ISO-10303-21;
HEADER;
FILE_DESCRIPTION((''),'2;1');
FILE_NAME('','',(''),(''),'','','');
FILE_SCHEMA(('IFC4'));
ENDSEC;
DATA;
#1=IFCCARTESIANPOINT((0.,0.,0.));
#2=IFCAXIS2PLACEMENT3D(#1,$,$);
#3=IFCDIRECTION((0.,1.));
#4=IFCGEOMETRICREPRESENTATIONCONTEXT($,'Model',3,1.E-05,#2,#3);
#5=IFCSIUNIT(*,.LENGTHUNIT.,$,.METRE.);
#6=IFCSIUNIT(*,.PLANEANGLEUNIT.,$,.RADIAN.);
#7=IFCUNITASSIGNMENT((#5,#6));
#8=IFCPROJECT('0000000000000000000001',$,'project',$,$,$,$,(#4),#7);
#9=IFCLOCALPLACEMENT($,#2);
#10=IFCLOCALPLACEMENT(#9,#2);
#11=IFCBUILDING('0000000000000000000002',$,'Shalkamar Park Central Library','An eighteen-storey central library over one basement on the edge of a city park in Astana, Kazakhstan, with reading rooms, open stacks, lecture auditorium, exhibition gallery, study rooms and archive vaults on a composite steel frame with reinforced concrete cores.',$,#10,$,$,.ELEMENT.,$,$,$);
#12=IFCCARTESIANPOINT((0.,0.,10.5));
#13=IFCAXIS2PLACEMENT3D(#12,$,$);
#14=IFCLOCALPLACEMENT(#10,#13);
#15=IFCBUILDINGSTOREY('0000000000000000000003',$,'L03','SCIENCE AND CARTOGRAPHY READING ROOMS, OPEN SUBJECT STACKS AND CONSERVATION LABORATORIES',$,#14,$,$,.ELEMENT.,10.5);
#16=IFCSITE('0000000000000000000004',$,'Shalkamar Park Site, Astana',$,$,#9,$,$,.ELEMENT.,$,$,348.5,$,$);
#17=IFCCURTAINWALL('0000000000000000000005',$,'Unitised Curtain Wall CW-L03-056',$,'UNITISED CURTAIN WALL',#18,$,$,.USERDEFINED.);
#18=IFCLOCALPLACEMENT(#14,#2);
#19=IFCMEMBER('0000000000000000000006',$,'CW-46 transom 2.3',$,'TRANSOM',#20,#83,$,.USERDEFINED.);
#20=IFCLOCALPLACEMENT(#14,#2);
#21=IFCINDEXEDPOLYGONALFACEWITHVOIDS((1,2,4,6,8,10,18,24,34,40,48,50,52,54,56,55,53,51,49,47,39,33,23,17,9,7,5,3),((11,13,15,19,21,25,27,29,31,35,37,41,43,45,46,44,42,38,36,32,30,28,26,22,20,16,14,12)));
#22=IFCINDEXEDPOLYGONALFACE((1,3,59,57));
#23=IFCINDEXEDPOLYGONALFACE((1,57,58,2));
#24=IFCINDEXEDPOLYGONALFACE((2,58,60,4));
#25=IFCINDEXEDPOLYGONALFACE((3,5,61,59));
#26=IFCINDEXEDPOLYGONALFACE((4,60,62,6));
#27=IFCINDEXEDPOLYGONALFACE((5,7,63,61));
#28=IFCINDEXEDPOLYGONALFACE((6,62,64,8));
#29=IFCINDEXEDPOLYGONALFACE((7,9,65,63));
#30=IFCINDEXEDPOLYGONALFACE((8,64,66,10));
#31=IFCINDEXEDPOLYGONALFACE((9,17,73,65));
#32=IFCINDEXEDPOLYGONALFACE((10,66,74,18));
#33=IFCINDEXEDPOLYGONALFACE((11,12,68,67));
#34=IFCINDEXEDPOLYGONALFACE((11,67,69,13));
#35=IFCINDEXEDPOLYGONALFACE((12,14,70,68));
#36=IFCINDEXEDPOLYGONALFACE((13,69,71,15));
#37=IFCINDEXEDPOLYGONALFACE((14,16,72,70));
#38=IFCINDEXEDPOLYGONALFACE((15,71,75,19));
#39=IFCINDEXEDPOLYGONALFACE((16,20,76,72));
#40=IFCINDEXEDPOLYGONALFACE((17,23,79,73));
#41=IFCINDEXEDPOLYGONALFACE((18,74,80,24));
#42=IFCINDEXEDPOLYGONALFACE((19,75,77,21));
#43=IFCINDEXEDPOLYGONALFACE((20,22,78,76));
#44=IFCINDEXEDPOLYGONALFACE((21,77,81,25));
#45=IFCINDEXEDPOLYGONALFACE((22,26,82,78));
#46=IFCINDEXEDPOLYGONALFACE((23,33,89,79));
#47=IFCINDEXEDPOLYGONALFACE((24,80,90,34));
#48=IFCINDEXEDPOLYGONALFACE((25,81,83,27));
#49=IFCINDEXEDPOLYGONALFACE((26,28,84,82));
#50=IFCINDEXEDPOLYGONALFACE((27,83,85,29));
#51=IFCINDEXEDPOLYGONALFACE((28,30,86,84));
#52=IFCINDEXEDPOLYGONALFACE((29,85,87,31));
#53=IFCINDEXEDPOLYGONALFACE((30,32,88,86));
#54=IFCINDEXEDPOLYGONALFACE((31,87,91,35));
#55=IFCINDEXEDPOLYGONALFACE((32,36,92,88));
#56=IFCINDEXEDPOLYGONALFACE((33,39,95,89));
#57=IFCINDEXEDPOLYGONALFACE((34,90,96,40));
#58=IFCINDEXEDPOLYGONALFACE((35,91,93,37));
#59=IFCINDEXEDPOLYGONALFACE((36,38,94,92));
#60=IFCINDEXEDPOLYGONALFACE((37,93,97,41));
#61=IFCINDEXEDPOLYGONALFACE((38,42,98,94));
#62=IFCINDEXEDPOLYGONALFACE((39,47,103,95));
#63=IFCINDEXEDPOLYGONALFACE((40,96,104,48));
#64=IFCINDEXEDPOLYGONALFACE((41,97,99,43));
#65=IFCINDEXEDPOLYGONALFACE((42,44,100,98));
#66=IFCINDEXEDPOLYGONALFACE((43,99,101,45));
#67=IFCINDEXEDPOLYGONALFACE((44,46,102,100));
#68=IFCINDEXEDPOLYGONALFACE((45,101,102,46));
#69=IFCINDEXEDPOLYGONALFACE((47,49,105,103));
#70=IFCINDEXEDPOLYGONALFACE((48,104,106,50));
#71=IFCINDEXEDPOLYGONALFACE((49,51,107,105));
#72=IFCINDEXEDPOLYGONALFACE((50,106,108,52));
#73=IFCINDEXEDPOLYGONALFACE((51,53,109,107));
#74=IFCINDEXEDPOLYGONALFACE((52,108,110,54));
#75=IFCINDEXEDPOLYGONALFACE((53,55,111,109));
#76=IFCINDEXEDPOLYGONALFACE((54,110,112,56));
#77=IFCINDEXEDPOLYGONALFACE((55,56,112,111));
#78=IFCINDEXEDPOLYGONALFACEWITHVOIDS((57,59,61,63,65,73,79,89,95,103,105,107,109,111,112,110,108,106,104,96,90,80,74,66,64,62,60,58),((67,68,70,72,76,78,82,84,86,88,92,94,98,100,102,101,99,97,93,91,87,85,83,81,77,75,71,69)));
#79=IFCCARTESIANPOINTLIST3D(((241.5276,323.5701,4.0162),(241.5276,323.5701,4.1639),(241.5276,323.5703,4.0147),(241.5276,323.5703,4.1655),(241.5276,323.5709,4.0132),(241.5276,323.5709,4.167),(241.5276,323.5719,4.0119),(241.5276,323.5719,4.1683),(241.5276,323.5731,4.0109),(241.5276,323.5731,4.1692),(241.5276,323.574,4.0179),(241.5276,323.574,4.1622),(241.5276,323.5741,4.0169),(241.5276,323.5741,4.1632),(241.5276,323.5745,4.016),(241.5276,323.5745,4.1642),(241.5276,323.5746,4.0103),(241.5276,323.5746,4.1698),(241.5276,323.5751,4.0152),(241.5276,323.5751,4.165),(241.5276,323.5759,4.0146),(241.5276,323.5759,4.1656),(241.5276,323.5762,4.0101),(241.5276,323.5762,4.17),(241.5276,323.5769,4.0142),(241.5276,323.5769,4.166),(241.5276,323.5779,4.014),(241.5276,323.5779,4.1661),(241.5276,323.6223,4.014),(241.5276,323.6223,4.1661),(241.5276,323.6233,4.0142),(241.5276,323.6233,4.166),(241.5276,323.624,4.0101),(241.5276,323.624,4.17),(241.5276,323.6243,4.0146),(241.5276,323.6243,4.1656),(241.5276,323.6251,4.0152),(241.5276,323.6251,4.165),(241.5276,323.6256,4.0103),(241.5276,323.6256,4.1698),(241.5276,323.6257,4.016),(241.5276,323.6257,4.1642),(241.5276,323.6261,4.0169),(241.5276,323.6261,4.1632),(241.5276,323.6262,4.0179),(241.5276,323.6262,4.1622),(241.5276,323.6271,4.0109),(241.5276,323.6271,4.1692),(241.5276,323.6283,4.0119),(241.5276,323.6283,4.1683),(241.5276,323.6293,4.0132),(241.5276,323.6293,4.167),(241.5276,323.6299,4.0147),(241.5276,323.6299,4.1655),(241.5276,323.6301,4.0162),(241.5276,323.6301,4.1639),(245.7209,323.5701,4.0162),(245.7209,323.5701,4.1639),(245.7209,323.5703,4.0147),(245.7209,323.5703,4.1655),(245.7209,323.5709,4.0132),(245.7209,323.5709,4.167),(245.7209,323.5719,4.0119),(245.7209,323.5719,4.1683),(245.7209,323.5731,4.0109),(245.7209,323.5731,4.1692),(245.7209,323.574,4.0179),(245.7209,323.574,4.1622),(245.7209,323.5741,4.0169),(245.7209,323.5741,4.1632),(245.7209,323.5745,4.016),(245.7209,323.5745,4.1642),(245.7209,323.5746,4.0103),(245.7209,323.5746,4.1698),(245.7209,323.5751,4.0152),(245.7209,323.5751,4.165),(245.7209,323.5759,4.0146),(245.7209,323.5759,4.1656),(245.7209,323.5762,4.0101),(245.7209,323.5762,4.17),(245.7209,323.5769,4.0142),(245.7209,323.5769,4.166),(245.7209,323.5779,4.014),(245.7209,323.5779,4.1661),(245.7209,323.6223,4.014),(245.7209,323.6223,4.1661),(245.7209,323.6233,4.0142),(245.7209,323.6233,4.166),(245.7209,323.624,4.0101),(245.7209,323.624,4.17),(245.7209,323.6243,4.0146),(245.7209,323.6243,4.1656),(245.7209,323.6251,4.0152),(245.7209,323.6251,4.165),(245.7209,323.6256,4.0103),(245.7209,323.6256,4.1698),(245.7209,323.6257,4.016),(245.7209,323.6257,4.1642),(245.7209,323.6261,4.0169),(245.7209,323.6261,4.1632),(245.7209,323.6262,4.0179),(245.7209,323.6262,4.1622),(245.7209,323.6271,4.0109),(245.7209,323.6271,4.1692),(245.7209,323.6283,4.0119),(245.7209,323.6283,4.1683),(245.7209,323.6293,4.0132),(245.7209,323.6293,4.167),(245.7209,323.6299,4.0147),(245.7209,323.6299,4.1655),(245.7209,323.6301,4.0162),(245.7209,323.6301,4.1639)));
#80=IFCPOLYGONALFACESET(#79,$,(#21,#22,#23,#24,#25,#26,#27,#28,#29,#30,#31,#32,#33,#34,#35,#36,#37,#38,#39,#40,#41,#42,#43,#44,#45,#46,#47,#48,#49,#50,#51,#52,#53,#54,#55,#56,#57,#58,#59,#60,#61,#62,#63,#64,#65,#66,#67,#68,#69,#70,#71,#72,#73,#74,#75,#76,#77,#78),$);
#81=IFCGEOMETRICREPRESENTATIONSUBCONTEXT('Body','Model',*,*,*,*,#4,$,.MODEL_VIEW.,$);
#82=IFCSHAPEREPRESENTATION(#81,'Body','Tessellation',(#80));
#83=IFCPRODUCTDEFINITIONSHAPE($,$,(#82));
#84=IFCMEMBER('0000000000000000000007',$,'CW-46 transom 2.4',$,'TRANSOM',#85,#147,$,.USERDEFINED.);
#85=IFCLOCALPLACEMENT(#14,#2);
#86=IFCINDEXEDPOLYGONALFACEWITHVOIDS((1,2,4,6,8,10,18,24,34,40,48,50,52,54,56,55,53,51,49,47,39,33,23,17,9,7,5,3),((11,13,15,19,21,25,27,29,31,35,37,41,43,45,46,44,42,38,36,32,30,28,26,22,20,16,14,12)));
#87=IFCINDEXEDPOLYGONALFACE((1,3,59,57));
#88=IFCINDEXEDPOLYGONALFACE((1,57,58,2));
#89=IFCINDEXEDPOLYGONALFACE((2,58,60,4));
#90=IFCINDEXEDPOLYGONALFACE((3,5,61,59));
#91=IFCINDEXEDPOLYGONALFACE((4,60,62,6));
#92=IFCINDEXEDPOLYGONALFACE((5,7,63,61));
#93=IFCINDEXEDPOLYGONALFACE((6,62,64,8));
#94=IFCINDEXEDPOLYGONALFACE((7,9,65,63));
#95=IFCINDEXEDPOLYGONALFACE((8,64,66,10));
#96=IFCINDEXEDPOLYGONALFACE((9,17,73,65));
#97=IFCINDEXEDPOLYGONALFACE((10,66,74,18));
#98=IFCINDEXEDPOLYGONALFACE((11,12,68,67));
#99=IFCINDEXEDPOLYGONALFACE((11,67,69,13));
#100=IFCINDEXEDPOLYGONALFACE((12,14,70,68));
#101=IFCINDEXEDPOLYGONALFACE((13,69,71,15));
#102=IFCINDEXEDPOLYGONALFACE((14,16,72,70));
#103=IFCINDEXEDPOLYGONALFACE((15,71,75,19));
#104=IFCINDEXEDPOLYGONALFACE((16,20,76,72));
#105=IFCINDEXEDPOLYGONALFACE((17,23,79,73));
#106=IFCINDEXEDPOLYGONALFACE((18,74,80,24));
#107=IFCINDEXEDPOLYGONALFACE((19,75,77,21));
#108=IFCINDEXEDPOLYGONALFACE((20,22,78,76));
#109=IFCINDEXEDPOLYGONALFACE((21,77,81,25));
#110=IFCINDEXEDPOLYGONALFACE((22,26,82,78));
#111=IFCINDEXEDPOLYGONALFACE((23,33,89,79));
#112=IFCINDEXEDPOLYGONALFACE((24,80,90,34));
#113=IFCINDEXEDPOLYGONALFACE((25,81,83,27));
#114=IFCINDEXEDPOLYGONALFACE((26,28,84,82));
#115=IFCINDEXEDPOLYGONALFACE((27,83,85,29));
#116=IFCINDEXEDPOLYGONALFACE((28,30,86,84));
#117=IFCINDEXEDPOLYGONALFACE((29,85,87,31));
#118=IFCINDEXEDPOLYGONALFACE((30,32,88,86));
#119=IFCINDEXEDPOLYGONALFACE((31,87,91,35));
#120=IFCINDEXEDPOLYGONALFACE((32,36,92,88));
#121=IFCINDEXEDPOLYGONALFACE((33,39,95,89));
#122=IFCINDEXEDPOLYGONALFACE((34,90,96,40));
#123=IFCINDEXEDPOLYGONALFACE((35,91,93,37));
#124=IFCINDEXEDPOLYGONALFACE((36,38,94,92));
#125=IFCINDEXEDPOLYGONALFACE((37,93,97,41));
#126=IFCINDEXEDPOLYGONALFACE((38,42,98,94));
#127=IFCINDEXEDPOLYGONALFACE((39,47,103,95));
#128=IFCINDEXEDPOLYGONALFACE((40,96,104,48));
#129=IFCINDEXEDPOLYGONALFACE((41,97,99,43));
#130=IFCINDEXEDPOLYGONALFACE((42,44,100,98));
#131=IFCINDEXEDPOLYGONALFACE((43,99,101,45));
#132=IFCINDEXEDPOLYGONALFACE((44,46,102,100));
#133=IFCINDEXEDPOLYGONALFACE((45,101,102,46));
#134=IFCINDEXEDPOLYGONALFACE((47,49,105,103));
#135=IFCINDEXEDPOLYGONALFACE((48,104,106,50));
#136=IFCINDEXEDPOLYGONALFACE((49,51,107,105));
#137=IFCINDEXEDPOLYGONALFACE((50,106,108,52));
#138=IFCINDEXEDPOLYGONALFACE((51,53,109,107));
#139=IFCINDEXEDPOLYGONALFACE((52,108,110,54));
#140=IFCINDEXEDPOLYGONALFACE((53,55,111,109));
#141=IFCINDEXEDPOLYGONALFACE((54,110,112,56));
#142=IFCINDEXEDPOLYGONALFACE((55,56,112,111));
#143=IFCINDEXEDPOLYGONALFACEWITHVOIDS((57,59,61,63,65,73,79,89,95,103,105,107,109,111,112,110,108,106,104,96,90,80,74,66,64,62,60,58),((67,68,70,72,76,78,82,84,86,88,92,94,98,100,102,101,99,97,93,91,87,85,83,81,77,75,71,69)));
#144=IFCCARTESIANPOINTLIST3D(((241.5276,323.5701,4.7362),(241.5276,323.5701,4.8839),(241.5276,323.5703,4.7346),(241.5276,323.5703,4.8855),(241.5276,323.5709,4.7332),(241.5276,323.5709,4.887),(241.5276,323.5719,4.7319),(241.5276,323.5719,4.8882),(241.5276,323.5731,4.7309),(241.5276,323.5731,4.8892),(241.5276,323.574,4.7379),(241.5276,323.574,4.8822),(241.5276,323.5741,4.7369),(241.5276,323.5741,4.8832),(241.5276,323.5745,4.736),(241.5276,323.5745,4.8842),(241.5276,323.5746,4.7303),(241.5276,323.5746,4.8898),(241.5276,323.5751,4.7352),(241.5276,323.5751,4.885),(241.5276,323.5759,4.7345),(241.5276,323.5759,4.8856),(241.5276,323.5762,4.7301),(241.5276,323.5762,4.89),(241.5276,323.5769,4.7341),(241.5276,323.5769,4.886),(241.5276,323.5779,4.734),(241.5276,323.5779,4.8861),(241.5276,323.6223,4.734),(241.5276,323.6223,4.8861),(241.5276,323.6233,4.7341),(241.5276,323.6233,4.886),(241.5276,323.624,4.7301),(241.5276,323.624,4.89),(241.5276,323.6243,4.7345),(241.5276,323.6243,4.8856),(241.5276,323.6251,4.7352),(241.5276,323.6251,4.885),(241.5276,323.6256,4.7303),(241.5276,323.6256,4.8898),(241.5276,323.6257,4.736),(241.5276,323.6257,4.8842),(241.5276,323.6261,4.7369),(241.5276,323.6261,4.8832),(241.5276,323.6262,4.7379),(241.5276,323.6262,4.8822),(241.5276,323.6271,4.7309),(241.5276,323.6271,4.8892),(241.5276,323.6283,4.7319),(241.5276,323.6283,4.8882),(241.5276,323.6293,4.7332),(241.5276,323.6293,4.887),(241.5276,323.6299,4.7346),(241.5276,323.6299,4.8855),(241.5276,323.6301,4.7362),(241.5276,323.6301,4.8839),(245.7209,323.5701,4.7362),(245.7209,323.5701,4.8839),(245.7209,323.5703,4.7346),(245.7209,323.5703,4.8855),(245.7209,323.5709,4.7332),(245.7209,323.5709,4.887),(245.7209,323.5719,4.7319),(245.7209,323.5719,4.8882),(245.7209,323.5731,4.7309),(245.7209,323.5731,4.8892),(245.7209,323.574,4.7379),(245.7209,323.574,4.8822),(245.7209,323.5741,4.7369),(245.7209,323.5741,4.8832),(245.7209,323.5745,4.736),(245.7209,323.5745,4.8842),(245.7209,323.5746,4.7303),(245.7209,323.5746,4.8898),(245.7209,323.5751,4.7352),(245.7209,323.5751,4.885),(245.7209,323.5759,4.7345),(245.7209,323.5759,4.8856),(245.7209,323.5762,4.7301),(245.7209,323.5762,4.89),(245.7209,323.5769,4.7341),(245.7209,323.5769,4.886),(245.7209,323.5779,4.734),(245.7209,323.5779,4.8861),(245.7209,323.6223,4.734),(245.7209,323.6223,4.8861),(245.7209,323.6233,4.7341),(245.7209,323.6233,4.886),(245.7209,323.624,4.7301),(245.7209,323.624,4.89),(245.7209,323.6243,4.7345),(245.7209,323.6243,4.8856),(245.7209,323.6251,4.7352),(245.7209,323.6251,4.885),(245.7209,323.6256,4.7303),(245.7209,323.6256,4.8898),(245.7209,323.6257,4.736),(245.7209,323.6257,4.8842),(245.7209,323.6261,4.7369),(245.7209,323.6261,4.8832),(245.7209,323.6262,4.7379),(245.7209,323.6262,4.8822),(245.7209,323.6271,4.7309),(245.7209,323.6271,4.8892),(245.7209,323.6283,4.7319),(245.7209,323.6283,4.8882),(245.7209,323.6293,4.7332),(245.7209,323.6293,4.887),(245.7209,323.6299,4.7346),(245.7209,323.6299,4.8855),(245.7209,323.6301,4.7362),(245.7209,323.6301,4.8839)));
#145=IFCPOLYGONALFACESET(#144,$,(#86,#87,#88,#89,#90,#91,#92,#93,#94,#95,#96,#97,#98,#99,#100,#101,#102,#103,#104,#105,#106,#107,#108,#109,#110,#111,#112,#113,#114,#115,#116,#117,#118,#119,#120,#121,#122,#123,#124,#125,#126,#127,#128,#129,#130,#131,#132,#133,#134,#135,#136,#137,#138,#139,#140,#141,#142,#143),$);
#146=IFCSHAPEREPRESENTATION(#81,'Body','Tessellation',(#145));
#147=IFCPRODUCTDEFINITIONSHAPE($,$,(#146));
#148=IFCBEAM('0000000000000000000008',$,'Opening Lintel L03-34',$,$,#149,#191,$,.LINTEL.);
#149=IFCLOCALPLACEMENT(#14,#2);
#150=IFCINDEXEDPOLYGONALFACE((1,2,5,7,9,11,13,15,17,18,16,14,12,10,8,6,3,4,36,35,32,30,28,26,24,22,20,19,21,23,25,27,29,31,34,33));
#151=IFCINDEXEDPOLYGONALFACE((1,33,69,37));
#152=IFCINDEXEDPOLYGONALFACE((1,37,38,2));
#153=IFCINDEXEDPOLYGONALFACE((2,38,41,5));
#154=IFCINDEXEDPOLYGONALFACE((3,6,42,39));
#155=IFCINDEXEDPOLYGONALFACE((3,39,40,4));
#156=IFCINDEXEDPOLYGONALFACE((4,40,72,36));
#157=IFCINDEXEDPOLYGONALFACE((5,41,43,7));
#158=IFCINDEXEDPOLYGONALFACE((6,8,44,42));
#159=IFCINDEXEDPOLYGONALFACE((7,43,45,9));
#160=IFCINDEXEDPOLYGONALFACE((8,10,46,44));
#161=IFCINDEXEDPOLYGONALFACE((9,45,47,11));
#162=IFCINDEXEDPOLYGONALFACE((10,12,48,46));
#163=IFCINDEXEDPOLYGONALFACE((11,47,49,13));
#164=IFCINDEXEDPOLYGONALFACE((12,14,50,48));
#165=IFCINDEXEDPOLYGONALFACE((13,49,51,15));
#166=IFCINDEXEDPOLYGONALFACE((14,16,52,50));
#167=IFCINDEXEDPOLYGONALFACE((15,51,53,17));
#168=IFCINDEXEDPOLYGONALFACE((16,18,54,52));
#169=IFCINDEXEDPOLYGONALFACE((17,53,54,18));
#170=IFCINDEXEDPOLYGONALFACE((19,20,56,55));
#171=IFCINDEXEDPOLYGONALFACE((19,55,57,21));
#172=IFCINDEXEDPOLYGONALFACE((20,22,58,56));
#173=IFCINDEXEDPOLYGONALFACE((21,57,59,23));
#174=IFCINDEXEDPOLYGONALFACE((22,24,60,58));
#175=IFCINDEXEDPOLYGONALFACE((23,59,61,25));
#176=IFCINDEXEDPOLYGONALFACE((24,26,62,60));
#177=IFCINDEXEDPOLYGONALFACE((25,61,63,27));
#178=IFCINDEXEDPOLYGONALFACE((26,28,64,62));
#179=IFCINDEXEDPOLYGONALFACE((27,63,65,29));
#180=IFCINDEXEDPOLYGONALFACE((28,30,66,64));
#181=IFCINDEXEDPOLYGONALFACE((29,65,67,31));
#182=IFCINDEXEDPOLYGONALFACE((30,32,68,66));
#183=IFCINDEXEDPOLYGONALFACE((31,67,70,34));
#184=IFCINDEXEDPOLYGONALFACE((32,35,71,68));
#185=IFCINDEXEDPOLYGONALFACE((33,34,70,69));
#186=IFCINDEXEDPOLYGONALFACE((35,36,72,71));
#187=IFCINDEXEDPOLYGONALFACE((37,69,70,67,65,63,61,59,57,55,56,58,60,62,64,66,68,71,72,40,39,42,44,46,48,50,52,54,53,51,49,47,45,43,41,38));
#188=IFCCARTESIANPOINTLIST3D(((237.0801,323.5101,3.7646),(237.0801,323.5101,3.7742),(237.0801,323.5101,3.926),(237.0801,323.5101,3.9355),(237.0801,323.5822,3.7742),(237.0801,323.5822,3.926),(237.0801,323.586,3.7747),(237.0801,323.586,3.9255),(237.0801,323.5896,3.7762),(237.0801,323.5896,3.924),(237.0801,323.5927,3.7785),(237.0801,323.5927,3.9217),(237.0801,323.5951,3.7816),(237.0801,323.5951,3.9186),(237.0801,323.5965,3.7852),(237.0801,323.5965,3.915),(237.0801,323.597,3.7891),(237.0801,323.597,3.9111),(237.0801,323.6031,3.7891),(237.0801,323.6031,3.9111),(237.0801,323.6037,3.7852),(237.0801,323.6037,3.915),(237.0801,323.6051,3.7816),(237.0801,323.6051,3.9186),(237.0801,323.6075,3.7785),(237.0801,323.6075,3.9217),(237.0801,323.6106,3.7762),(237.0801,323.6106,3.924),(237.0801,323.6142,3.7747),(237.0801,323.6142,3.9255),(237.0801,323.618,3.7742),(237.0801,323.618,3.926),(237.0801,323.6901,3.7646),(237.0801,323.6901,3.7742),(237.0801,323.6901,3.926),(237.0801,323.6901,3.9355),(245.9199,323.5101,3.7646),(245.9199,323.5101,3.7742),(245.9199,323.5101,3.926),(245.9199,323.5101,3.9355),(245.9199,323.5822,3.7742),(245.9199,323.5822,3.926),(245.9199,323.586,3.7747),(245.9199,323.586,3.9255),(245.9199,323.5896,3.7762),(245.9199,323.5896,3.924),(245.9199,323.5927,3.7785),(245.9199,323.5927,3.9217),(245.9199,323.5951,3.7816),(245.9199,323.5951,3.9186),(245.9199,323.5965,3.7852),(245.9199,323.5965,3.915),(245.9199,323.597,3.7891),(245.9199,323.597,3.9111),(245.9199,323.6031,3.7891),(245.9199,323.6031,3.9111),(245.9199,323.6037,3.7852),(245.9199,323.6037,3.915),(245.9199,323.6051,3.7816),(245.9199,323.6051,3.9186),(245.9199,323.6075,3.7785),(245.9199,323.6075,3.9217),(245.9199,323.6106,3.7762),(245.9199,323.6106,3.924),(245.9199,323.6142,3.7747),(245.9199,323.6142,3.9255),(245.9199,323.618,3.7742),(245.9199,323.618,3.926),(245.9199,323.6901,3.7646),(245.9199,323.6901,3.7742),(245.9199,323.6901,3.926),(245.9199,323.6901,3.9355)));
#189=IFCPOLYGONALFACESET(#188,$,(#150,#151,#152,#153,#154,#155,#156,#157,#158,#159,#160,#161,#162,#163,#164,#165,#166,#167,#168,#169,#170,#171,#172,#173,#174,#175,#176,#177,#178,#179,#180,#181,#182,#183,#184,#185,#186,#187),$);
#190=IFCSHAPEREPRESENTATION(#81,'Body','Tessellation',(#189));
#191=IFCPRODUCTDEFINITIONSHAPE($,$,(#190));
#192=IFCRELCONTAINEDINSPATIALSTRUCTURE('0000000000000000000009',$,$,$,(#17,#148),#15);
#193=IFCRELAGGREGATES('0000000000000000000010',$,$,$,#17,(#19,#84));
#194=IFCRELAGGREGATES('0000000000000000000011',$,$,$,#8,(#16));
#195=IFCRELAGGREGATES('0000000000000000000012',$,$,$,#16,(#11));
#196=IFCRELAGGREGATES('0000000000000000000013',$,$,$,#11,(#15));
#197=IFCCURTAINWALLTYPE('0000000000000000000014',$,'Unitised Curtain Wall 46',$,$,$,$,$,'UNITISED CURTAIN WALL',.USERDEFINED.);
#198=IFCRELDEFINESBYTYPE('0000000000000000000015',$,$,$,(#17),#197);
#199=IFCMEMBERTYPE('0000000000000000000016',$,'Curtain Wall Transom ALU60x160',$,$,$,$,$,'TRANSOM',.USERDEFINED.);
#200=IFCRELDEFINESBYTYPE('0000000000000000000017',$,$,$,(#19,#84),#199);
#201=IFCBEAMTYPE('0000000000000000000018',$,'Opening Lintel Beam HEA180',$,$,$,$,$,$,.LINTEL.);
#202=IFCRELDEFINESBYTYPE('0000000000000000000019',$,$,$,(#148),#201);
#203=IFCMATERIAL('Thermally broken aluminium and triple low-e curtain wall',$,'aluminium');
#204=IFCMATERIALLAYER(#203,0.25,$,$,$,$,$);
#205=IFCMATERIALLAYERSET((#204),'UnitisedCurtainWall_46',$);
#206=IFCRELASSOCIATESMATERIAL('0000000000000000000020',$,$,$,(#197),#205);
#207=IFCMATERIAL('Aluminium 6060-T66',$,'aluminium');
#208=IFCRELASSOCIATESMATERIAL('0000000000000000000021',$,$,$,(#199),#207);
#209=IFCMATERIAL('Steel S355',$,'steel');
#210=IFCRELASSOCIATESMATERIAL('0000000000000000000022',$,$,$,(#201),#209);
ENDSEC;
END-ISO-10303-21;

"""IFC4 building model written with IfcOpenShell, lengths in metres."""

from ifc_helpers import new_model, si_unit, direction, frame, origin, origin_2d, place, context, subcontext, project, spatial, hollow_rectangle, i_section, extrude, material, layer, layer_set, material_profile, profile_set, type_object, element, aggregate, save


model = new_model("IFC4")

# Units and contexts
model_context = context("Model", 3, precision=1e-05, world=origin(), true_north=direction((0.0, 1.0)))
body_context = subcontext(model_context, "Body", "Model", "MODEL_VIEW")
ifc_project = project(units=[si_unit("LENGTHUNIT", "METRE"), si_unit("PLANEANGLEUNIT", "RADIAN")], contexts=[model_context])

# Site, building, storey
site_placement = place(None, origin())
site = spatial("IfcSite", under=ifc_project, at=site_placement, Name="Shalkamar Park Site, Astana", CompositionType="ELEMENT", RefElevation=348.5)
building_placement = place(site_placement, origin())
building = spatial("IfcBuilding", under=site, at=building_placement, Name="Shalkamar Park Central Library", Description="An eighteen-storey central library over one basement on the edge of a city park in Astana, Kazakhstan, with reading rooms, open stacks, lecture auditorium, exhibition gallery, study rooms and archive vaults on a composite steel frame with reinforced concrete cores.", CompositionType="ELEMENT")
storey_placement = place(building_placement, frame((0.0, 0.0, 10.5)))
storey = spatial("IfcBuildingStorey", under=building, at=storey_placement, Name="L03", Description="SCIENCE AND CARTOGRAPHY READING ROOMS, OPEN SUBJECT STACKS AND CONSERVATION LABORATORIES", CompositionType="ELEMENT", Elevation=10.5)

# Shared definitions
ifc_material_1 = material(Name="Steel S355", Category="steel")

# Curtain wall, members
ifc_material_2 = material(Name="Thermally broken aluminium and triple low-e curtain wall", Category="aluminium")
ifc_layer_1 = layer(ifc_material_2, 0.25)
ifc_layer_set_1 = layer_set([ifc_layer_1], Name="UnitisedCurtainWall_46")
curtain_wall_type = type_object("IfcCurtainWallType", Name="Unitised Curtain Wall 46", ElementType="UNITISED CURTAIN WALL", PredefinedType="USERDEFINED", material=ifc_layer_set_1)
curtain_wall_placement = place(storey_placement, origin())
curtain_wall = element("IfcCurtainWall", 1, at=curtain_wall_placement, inside=storey, type_object=curtain_wall_type, Name="Unitised Curtain Wall CW-L03-056", ObjectType="UNITISED CURTAIN WALL", PredefinedType="USERDEFINED")
ifc_material_3 = material(Name="Aluminium 6060-T66", Category="aluminium")
ifc_material_profile_1 = material_profile(ifc_material_3, hollow_rectangle(XDim=0.0601, YDim=0.1599, WallThickness=0.0039, InnerFilletRadius=0.0039, OuterFilletRadius=0.0061, at=origin_2d()), Name="ALU 60x160x4")
ifc_profile_set_1 = profile_set([ifc_material_profile_1], Name="Aluminium 6060-T66")
member_type_1 = type_object("IfcMemberType", Name="Curtain Wall Transom ALU60x160", ElementType="TRANSOM", PredefinedType="USERDEFINED", material=ifc_profile_set_1)
member_1_placement = place(storey_placement, frame((241.5276, 323.6001, 4.0901), z_axis=(1.0, 0.0, 0.0), x_axis=(0.0, 1.0, 0.0)))
member_1 = element("IfcMember", 2, at=member_1_placement, type_object=member_type_1, Name="CW-46 transom 2.3", ObjectType="TRANSOM", PredefinedType="USERDEFINED", context=body_context, shape_type="SweptSolid", body=[
    extrude(hollow_rectangle(XDim=0.0601, YDim=0.1599, WallThickness=0.0039, InnerFilletRadius=0.0039, OuterFilletRadius=0.0061, at=origin_2d()), origin(), (0.0, 0.0, 1.0), 4.1934),
])
member_2_placement = place(storey_placement, frame((241.5276, 323.6001, 4.8101), z_axis=(1.0, 0.0, 0.0), x_axis=(0.0, 1.0, 0.0)))
member_2 = element("IfcMember", 3, at=member_2_placement, type_object=member_type_1, Name="CW-46 transom 2.4", ObjectType="TRANSOM", PredefinedType="USERDEFINED", context=body_context, shape_type="SweptSolid", body=[
    extrude(hollow_rectangle(XDim=0.0601, YDim=0.1599, WallThickness=0.0039, InnerFilletRadius=0.0039, OuterFilletRadius=0.0061, at=origin_2d()), origin(), (0.0, 0.0, 1.0), 4.1934),
])

# Beam
ifc_material_profile_2 = material_profile(ifc_material_1, i_section(OverallWidth=0.1799, OverallDepth=0.1709, WebThickness=0.0061, FlangeThickness=0.0095, FilletRadius=0.0149, at=origin_2d()), Name="HEA 180")
ifc_profile_set_2 = profile_set([ifc_material_profile_2], Name="Steel S355")
beam_type_1 = type_object("IfcBeamType", Name="Opening Lintel Beam HEA180", PredefinedType="LINTEL", material=ifc_profile_set_2)
beam_1_placement = place(storey_placement, frame((237.0801, 323.6001, 3.8501), z_axis=(1.0, 0.0, 0.0), x_axis=(0.0, 1.0, 0.0)))
element("IfcBeam", 4, at=beam_1_placement, inside=storey, type_object=beam_type_1, Name="Opening Lintel L03-34", PredefinedType="LINTEL", context=body_context, shape_type="SweptSolid", body=[
    extrude(i_section(OverallWidth=0.1799, OverallDepth=0.1709, WebThickness=0.0061, FlangeThickness=0.0095, FilletRadius=0.0149, at=origin_2d()), origin(), (0.0, 0.0, 1.0), 8.8398),
])

aggregate(curtain_wall, [member_1, member_2])

save(model, "model.ifc")
